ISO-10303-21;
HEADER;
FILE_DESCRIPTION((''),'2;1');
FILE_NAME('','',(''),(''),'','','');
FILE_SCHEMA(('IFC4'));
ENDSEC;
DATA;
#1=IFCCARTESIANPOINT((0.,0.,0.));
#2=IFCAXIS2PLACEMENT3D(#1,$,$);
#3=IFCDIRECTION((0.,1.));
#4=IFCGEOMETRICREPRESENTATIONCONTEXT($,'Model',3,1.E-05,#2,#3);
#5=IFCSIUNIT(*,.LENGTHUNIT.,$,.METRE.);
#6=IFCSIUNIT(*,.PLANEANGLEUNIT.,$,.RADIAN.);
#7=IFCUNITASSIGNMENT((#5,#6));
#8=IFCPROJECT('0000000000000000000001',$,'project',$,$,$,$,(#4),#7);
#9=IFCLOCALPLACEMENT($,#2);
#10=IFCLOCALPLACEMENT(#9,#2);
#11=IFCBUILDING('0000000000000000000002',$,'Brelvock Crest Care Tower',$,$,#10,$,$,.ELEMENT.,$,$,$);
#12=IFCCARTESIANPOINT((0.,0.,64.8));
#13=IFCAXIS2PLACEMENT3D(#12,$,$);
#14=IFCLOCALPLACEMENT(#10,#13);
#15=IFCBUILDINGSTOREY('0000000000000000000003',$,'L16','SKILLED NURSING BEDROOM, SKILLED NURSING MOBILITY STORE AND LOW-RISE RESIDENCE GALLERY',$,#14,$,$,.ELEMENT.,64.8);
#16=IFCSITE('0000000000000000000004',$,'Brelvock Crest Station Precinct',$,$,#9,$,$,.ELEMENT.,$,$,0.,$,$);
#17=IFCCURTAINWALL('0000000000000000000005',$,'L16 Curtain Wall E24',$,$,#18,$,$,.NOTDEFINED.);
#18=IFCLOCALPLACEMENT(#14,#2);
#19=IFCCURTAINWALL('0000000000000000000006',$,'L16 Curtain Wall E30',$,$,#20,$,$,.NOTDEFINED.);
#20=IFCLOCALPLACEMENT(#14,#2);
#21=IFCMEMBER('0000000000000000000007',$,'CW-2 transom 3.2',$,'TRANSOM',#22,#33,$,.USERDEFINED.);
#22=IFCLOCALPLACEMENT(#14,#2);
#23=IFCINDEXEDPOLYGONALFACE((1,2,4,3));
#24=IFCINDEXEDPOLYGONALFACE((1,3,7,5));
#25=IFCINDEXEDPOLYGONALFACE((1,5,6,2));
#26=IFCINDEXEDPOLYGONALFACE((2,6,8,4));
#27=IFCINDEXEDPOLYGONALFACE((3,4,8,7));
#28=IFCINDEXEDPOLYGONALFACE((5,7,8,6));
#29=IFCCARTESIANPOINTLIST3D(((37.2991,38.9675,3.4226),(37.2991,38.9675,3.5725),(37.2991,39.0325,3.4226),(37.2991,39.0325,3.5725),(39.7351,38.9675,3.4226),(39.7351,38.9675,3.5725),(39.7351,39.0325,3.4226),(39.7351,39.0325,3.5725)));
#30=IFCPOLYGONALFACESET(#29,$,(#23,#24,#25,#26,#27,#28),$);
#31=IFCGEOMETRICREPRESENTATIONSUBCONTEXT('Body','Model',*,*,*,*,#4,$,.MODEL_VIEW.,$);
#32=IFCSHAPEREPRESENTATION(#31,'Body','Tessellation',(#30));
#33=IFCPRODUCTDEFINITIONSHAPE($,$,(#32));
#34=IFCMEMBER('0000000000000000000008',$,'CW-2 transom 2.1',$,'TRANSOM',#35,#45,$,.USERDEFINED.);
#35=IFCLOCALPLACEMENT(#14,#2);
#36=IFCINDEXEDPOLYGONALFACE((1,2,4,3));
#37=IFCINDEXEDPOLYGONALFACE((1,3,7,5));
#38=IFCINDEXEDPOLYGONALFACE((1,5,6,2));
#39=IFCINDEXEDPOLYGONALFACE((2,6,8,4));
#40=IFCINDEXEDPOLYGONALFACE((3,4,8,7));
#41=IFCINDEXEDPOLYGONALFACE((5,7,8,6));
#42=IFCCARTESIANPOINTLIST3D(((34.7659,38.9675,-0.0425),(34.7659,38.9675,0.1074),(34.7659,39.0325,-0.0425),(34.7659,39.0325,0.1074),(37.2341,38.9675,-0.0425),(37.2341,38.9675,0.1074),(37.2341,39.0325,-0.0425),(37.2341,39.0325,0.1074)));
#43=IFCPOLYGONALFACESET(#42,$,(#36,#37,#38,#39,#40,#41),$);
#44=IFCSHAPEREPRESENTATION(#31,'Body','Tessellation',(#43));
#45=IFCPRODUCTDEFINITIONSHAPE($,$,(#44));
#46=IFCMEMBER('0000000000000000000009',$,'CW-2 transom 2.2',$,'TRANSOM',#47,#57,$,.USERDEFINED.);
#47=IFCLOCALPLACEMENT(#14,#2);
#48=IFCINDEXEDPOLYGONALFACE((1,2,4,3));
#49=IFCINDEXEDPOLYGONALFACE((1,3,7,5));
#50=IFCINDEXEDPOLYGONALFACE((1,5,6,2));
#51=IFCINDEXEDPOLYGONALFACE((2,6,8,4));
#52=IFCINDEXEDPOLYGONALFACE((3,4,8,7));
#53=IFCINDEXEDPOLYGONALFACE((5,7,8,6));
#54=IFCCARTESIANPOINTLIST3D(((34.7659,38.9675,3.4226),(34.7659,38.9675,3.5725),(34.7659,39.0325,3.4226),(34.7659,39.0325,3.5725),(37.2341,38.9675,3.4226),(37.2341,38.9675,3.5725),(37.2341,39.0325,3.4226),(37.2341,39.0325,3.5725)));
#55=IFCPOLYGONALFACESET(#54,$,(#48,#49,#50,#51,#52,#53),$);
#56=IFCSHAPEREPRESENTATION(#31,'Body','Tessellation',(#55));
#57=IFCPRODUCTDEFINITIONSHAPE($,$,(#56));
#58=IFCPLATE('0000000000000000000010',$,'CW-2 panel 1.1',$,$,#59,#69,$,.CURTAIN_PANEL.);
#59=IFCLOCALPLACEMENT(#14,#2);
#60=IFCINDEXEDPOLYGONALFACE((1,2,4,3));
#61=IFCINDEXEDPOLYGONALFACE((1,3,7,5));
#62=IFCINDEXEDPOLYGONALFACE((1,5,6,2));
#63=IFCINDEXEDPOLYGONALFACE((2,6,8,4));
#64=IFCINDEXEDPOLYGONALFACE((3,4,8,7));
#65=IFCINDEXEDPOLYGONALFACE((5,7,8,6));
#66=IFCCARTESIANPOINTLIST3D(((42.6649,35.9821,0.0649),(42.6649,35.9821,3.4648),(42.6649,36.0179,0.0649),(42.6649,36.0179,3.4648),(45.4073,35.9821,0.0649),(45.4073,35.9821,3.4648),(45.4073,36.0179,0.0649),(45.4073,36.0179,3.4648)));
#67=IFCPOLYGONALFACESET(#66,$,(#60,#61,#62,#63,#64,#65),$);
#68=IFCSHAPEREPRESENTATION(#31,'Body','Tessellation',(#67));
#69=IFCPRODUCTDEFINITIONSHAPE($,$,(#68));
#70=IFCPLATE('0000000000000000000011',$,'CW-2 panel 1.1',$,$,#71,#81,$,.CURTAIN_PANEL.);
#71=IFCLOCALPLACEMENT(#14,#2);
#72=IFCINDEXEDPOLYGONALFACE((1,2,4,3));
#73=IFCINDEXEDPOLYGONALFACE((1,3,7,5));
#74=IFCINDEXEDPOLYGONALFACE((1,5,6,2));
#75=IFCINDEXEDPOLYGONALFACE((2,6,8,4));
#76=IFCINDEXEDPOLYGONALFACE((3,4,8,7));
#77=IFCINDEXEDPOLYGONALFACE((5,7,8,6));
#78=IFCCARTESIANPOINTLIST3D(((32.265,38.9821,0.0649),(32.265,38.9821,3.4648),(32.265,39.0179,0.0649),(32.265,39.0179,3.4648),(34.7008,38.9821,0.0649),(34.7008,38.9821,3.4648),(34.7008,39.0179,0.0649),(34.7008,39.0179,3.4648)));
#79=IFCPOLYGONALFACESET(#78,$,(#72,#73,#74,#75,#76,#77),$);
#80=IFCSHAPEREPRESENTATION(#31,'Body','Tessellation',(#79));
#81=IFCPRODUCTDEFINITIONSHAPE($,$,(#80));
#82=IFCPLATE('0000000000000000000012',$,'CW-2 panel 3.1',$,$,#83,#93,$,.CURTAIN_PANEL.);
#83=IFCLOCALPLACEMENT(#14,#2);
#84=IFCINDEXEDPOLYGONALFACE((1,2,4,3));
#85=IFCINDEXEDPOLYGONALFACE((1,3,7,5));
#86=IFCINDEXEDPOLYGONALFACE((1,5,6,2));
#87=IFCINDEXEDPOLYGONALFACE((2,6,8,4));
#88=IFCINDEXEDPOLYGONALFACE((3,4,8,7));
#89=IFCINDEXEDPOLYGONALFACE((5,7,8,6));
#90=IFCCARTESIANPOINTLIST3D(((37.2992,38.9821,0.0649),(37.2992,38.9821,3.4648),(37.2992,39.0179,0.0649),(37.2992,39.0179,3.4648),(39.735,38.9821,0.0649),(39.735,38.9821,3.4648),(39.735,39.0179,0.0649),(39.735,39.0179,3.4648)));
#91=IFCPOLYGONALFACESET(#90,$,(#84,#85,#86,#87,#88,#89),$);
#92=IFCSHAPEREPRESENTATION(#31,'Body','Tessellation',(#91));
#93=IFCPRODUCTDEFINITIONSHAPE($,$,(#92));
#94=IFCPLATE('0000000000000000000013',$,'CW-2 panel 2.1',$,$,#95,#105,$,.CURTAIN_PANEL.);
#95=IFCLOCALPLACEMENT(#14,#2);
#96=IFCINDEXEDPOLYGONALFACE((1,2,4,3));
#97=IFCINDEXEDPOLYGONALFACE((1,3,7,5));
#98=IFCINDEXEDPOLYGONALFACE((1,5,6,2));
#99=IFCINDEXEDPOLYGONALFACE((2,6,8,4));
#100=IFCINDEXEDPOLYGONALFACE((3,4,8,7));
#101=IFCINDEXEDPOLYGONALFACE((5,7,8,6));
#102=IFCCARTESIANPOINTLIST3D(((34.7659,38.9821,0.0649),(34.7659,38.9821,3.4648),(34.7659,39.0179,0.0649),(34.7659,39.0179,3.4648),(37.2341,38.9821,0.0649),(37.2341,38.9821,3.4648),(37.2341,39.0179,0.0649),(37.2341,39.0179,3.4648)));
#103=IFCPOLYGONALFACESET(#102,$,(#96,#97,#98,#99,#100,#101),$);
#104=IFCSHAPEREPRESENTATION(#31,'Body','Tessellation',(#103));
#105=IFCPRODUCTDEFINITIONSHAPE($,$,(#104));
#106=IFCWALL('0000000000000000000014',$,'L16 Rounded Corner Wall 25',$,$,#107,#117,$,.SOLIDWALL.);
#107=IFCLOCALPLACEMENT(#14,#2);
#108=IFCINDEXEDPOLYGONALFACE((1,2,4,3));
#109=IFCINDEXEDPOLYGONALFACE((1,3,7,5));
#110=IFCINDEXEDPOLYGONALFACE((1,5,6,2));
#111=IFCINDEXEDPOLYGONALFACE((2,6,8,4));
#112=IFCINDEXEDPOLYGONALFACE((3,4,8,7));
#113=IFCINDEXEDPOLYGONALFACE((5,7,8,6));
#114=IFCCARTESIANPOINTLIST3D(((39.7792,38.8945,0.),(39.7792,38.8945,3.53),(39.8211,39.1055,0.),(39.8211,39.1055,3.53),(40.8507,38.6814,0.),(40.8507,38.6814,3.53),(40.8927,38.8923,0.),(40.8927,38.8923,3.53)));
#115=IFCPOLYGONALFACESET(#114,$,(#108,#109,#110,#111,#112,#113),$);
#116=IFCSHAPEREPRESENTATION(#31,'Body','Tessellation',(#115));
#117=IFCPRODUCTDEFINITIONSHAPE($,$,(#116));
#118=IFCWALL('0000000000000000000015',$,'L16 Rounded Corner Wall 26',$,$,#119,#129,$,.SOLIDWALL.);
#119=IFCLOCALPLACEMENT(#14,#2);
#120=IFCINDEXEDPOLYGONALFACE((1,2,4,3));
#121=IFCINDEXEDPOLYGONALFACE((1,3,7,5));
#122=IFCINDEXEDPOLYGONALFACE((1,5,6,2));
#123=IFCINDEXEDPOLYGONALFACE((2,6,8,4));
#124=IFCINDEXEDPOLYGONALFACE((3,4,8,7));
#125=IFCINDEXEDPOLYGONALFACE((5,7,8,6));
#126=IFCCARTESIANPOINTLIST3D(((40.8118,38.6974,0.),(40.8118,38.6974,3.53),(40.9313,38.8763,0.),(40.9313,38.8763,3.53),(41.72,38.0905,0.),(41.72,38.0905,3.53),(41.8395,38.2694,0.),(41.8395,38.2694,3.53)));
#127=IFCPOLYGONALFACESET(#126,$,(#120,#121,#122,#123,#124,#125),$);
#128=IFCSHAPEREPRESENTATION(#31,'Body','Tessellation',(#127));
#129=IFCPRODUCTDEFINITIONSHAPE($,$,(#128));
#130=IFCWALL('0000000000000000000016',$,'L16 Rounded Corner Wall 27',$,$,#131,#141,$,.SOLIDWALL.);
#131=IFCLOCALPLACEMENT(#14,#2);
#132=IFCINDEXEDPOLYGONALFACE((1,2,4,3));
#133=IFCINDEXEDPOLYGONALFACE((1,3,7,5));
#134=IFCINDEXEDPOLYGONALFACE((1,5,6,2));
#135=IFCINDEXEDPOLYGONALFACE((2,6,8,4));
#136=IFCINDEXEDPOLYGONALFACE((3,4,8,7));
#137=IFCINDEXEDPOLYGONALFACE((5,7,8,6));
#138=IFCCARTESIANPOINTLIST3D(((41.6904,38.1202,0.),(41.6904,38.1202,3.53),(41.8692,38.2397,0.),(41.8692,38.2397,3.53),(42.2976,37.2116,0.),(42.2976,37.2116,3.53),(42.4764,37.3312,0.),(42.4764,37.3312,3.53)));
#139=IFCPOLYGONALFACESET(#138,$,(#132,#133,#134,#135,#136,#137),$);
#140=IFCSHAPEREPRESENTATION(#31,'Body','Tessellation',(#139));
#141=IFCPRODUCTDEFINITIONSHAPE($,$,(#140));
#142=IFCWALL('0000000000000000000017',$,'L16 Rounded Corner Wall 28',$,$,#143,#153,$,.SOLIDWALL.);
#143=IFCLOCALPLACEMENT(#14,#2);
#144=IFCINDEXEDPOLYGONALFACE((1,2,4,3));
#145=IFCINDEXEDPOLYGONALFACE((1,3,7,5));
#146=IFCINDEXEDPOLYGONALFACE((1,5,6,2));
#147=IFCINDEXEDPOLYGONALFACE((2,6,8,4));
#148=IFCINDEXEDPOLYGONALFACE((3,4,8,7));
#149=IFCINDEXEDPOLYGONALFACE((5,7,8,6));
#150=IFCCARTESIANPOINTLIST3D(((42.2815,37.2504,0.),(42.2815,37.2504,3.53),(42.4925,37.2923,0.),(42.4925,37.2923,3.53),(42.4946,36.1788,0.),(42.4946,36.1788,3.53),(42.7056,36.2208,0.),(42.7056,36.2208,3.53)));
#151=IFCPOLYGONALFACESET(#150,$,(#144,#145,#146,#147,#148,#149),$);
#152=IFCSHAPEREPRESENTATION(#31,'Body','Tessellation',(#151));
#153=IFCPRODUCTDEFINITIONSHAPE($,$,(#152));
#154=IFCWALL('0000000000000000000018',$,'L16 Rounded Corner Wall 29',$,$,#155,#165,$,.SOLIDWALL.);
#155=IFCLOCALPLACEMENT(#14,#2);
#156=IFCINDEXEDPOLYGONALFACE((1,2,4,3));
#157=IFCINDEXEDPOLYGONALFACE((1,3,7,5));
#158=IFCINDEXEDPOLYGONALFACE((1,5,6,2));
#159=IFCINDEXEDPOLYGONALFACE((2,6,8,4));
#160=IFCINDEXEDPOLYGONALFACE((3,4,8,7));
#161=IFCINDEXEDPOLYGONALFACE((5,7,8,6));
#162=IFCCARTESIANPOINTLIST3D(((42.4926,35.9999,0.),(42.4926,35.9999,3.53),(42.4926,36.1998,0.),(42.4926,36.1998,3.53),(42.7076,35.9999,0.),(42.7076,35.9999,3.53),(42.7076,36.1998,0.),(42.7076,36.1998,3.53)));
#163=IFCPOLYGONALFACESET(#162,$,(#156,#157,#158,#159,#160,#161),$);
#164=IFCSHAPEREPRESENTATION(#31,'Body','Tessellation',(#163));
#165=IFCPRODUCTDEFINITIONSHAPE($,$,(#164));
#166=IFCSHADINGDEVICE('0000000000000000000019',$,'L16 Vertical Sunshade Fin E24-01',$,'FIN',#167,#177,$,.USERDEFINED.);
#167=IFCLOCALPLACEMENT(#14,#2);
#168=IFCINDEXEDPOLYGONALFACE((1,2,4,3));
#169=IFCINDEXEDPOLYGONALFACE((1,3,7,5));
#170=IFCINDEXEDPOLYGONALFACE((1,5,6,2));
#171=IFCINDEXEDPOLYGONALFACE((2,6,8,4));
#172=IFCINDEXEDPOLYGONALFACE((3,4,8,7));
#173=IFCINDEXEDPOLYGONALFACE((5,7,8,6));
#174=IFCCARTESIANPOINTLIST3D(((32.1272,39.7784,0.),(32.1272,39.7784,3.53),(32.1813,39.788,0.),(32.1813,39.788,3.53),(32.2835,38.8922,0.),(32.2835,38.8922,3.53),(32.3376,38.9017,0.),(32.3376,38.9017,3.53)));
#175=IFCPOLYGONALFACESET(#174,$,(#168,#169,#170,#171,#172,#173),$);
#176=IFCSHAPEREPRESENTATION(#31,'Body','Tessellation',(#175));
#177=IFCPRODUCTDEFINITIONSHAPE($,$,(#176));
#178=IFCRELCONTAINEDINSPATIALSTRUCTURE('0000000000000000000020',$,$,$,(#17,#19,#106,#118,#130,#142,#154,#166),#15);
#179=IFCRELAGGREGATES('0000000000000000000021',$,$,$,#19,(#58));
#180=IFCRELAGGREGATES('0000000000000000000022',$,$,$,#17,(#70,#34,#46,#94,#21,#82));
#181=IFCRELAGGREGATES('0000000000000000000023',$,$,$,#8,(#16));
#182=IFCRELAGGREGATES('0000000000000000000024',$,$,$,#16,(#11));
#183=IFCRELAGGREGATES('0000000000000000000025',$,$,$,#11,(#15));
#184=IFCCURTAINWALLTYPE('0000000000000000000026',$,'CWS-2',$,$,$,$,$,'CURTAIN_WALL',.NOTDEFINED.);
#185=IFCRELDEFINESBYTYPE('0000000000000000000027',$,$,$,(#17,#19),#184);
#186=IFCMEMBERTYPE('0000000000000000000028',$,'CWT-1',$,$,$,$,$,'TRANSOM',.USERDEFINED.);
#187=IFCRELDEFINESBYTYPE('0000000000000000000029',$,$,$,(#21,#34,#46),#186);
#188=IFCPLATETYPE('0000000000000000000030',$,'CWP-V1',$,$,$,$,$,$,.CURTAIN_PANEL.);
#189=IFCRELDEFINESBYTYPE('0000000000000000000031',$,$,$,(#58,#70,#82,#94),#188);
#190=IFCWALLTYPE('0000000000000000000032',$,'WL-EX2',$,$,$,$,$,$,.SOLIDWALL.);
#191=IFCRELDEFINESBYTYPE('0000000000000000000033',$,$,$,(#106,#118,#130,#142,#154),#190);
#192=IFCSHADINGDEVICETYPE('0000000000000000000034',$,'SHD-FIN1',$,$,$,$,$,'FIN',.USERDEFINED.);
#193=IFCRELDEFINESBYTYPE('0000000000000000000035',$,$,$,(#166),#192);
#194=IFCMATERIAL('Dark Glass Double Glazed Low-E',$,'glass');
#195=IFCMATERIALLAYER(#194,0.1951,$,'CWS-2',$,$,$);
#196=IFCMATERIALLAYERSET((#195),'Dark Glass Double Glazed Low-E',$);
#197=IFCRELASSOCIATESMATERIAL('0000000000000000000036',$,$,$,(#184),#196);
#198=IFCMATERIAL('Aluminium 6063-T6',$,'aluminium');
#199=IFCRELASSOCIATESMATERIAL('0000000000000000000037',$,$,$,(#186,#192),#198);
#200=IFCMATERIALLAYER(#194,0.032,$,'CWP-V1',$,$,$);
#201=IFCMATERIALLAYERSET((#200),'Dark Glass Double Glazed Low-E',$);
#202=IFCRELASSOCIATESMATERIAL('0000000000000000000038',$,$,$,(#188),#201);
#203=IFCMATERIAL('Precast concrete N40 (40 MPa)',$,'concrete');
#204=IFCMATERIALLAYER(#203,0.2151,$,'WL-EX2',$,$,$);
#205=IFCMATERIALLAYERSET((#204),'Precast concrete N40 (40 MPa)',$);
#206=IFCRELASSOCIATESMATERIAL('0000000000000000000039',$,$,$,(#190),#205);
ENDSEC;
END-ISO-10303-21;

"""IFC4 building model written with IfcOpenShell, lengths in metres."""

from ifc_helpers import new_model, si_unit, direction, frame, frame_2d, origin, origin_2d, place, context, subcontext, project, spatial, rectangle, extrude, source, transform, mapped, material, layer, layer_set, material_profile, profile_set, type_object, element, aggregate, save


model = new_model("IFC4")

# Units and contexts
model_context = context("Model", 3, precision=1e-05, world=origin(), true_north=direction((0.0, 1.0)))
body_context = subcontext(model_context, "Body", "Model", "MODEL_VIEW")
ifc_project = project(units=[si_unit("LENGTHUNIT", "METRE"), si_unit("PLANEANGLEUNIT", "RADIAN")], contexts=[model_context])

# Site, building, storey
site_placement = place(None, origin())
site = spatial("IfcSite", under=ifc_project, at=site_placement, Name="Brelvock Crest Station Precinct", CompositionType="ELEMENT", RefElevation=0.0)
building_placement = place(site_placement, origin())
building = spatial("IfcBuilding", under=site, at=building_placement, Name="Brelvock Crest Care Tower", CompositionType="ELEMENT")
storey_placement = place(building_placement, frame((0.0, 0.0, 64.8)))
storey = spatial("IfcBuildingStorey", under=building, at=storey_placement, Name="L16", Description="SKILLED NURSING BEDROOM, SKILLED NURSING MOBILITY STORE AND LOW-RISE RESIDENCE GALLERY", CompositionType="ELEMENT", Elevation=64.8)

# Curtain walls
ifc_material_1 = material(Name="Dark Glass Double Glazed Low-E", Category="glass")
ifc_layer_1 = layer(ifc_material_1, 0.1951, Name="CWS-2")
ifc_layer_set_1 = layer_set([ifc_layer_1], Name="Dark Glass Double Glazed Low-E")
curtain_wall_type = type_object("IfcCurtainWallType", Name="CWS-2", ElementType="CURTAIN_WALL", PredefinedType="NOTDEFINED", material=ifc_layer_set_1)
curtain_wall_1_placement = place(storey_placement, origin())
curtain_wall_1 = element("IfcCurtainWall", 1, at=curtain_wall_1_placement, inside=storey, type_object=curtain_wall_type, Name="L16 Curtain Wall E24", PredefinedType="NOTDEFINED")
ifc_material_2 = material(Name="Aluminium 6063-T6", Category="aluminium")
curtain_wall_2_placement = place(storey_placement, origin())
curtain_wall_2 = element("IfcCurtainWall", 2, at=curtain_wall_2_placement, inside=storey, type_object=curtain_wall_type, Name="L16 Curtain Wall E30", PredefinedType="NOTDEFINED")
ifc_material_profile_1 = material_profile(ifc_material_2, rectangle(XDim=0.0649, YDim=0.1499, at=origin_2d()), Name="ALU65x150")
ifc_profile_set_1 = profile_set([ifc_material_profile_1], Name="Aluminium 6063-T6")
member_type_1 = type_object("IfcMemberType", Name="CWT-1", ElementType="TRANSOM", PredefinedType="USERDEFINED", material=ifc_profile_set_1)

# Members
shared_shape_1 = source(origin(), body_context, "Body", "SweptSolid", [
    extrude(rectangle(XDim=0.0649, YDim=0.1499, at=origin_2d()), origin(), (0.0, 0.0, 1.0), 2.436),
])
member_1_placement = place(storey_placement, frame((37.2991, 39.0, 3.4976), z_axis=(1.0, 0.0, 0.0), x_axis=(0.0, 1.0, 0.0)))
member_1 = element("IfcMember", 3, at=member_1_placement, type_object=member_type_1, Name="CW-2 transom 3.2", ObjectType="TRANSOM", PredefinedType="USERDEFINED", context=body_context, shape_type="MappedRepresentation", body=[
    mapped(shared_shape_1, transform((0.0, 0.0, 0.0), x_axis=(1.0, 0.0, 0.0), y_axis=(0.0, 1.0, 0.0), z_axis=(0.0, 0.0, 1.0), scale=1.0)),
])
shared_shape_2 = source(origin(), body_context, "Body", "SweptSolid", [
    extrude(rectangle(XDim=0.0649, YDim=0.1499, at=origin_2d()), origin(), (0.0, 0.0, 1.0), 2.4683),
])
member_2_placement = place(storey_placement, frame((34.7659, 39.0, 0.0325), z_axis=(1.0, 0.0, 0.0), x_axis=(0.0, 1.0, 0.0)))
member_2 = element("IfcMember", 4, at=member_2_placement, type_object=member_type_1, Name="CW-2 transom 2.1", ObjectType="TRANSOM", PredefinedType="USERDEFINED", context=body_context, shape_type="MappedRepresentation", body=[
    mapped(shared_shape_2, transform((0.0, 0.0, 0.0), x_axis=(1.0, 0.0, 0.0), y_axis=(0.0, 1.0, 0.0), z_axis=(0.0, 0.0, 1.0), scale=1.0)),
])
member_3_placement = place(storey_placement, frame((34.7659, 39.0, 3.4976), z_axis=(1.0, 0.0, 0.0), x_axis=(0.0, 1.0, 0.0)))
member_3 = element("IfcMember", 5, at=member_3_placement, type_object=member_type_1, Name="CW-2 transom 2.2", ObjectType="TRANSOM", PredefinedType="USERDEFINED", context=body_context, shape_type="MappedRepresentation", body=[
    mapped(shared_shape_2, transform((0.0, 0.0, 0.0), x_axis=(1.0, 0.0, 0.0), y_axis=(0.0, 1.0, 0.0), z_axis=(0.0, 0.0, 1.0), scale=1.0)),
])

# Plates
ifc_layer_2 = layer(ifc_material_1, 0.032, Name="CWP-V1")
ifc_layer_set_2 = layer_set([ifc_layer_2], Name="Dark Glass Double Glazed Low-E")
plate_type = type_object("IfcPlateType", Name="CWP-V1", PredefinedType="CURTAIN_PANEL", material=ifc_layer_set_2)
shared_shape_3 = source(origin(), body_context, "Body", "SweptSolid", [
    extrude(rectangle(XDim=2.7424, YDim=0.0359, at=origin_2d()), origin(), (0.0, 0.0, 1.0), 3.3999),
])
plate_1_placement = place(storey_placement, frame((44.0361, 36.0, 0.0649), z_axis=(0.0, 0.0, 1.0), x_axis=(1.0, 0.0, 0.0)))
plate_1 = element("IfcPlate", 6, at=plate_1_placement, type_object=plate_type, Name="CW-2 panel 1.1", PredefinedType="CURTAIN_PANEL", context=body_context, shape_type="MappedRepresentation", body=[
    mapped(shared_shape_3, transform((0.0, 0.0, 0.0), x_axis=(1.0, 0.0, 0.0), y_axis=(0.0, 1.0, 0.0), z_axis=(0.0, 0.0, 1.0), scale=1.0)),
])
aggregate(curtain_wall_2, [plate_1])
shared_shape_4 = source(origin(), body_context, "Body", "SweptSolid", [
    extrude(rectangle(XDim=2.4358, YDim=0.0359, at=origin_2d()), origin(), (0.0, 0.0, 1.0), 3.3999),
])
plate_2_placement = place(storey_placement, frame((33.4829, 39.0, 0.0649), z_axis=(0.0, 0.0, 1.0), x_axis=(1.0, 0.0, 0.0)))
plate_2 = element("IfcPlate", 7, at=plate_2_placement, type_object=plate_type, Name="CW-2 panel 1.1", PredefinedType="CURTAIN_PANEL", context=body_context, shape_type="MappedRepresentation", body=[
    mapped(shared_shape_4, transform((0.0, 0.0, 0.0), x_axis=(1.0, 0.0, 0.0), y_axis=(0.0, 1.0, 0.0), z_axis=(0.0, 0.0, 1.0), scale=1.0)),
])
plate_3_placement = place(storey_placement, frame((38.5171, 39.0, 0.0649), z_axis=(0.0, 0.0, 1.0), x_axis=(1.0, 0.0, 0.0)))
plate_3 = element("IfcPlate", 8, at=plate_3_placement, type_object=plate_type, Name="CW-2 panel 3.1", PredefinedType="CURTAIN_PANEL", context=body_context, shape_type="MappedRepresentation", body=[
    mapped(shared_shape_4, transform((0.0, 0.0, 0.0), x_axis=(1.0, 0.0, 0.0), y_axis=(0.0, 1.0, 0.0), z_axis=(0.0, 0.0, 1.0), scale=1.0)),
])
shared_shape_5 = source(origin(), body_context, "Body", "SweptSolid", [
    extrude(rectangle(XDim=2.4683, YDim=0.0359, at=origin_2d()), origin(), (0.0, 0.0, 1.0), 3.3999),
])
plate_4_placement = place(storey_placement, frame((36.0, 39.0, 0.0649), z_axis=(0.0, 0.0, 1.0), x_axis=(1.0, 0.0, 0.0)))
plate_4 = element("IfcPlate", 9, at=plate_4_placement, type_object=plate_type, Name="CW-2 panel 2.1", PredefinedType="CURTAIN_PANEL", context=body_context, shape_type="MappedRepresentation", body=[
    mapped(shared_shape_5, transform((0.0, 0.0, 0.0), x_axis=(1.0, 0.0, 0.0), y_axis=(0.0, 1.0, 0.0), z_axis=(0.0, 0.0, 1.0), scale=1.0)),
])
aggregate(curtain_wall_1, [plate_2, member_2, member_3, plate_4, member_1, plate_3])

# Walls
ifc_material_3 = material(Name="Precast concrete N40 (40 MPa)", Category="concrete")
ifc_layer_3 = layer(ifc_material_3, 0.2151, Name="WL-EX2")
ifc_layer_set_3 = layer_set([ifc_layer_3], Name="Precast concrete N40 (40 MPa)")
wall_type = type_object("IfcWallType", Name="WL-EX2", PredefinedType="SOLIDWALL", material=ifc_layer_set_3)
wall_1_placement = place(storey_placement, frame((39.8, 39.0, 0.0), z_axis=(0.0, 0.0, 1.0), x_axis=(0.980786, -0.195085, 0.0)))
element("IfcWall", 10, at=wall_1_placement, inside=storey, type_object=wall_type, Name="L16 Rounded Corner Wall 25", PredefinedType="SOLIDWALL", context=body_context, shape_type="SweptSolid", body=[
    extrude(rectangle(XDim=1.0925, YDim=0.2151, at=frame_2d((0.5464, 0.0))), origin(), (0.0, 0.0, 1.0), 3.53),
])
wall_2_placement = place(storey_placement, frame((40.8716, 38.7869, 0.0), z_axis=(0.0, 0.0, 1.0), x_axis=(0.831431, -0.555628, 0.0)))
element("IfcWall", 11, at=wall_2_placement, inside=storey, type_object=wall_type, Name="L16 Rounded Corner Wall 26", PredefinedType="SOLIDWALL", context=body_context, shape_type="SweptSolid", body=[
    extrude(rectangle(XDim=1.0923, YDim=0.2151, at=frame_2d((0.5461, 0.0))), origin(), (0.0, 0.0, 1.0), 3.53),
])
wall_3_placement = place(storey_placement, frame((41.7798, 38.1799, 0.0), z_axis=(0.0, 0.0, 1.0), x_axis=(0.555679, -0.831397, 0.0)))
element("IfcWall", 12, at=wall_3_placement, inside=storey, type_object=wall_type, Name="L16 Rounded Corner Wall 27", PredefinedType="SOLIDWALL", context=body_context, shape_type="SweptSolid", body=[
    extrude(rectangle(XDim=1.0928, YDim=0.2151, at=frame_2d((0.5464, 0.0))), origin(), (0.0, 0.0, 1.0), 3.53),
])
wall_4_placement = place(storey_placement, frame((42.387, 37.2715, 0.0), z_axis=(0.0, 0.0, 1.0), x_axis=(0.195085, -0.980786, 0.0)))
element("IfcWall", 13, at=wall_4_placement, inside=storey, type_object=wall_type, Name="L16 Rounded Corner Wall 28", PredefinedType="SOLIDWALL", context=body_context, shape_type="SweptSolid", body=[
    extrude(rectangle(XDim=1.0925, YDim=0.2151, at=frame_2d((0.5464, 0.0))), origin(), (0.0, 0.0, 1.0), 3.53),
])
wall_5_placement = place(storey_placement, frame((42.6001, 36.2, 0.0), z_axis=(0.0, 0.0, 1.0), x_axis=(0.0, -1.0, 0.0)))
element("IfcWall", 14, at=wall_5_placement, inside=storey, type_object=wall_type, Name="L16 Rounded Corner Wall 29", PredefinedType="SOLIDWALL", context=body_context, shape_type="SweptSolid", body=[
    extrude(rectangle(XDim=0.2, YDim=0.2151, at=frame_2d((0.1001, 0.0))), origin(), (0.0, 0.0, 1.0), 3.53),
])

# Shading device
ifc_material_profile_2 = material_profile(ifc_material_2, rectangle(XDim=0.0549, YDim=0.8999, at=origin_2d()), Name="FIN55x900")
ifc_profile_set_2 = profile_set([ifc_material_profile_2], Name="Aluminium 6063-T6")
shading_device_type = type_object("IfcShadingDeviceType", Name="SHD-FIN1", ElementType="FIN", PredefinedType="USERDEFINED", material=ifc_profile_set_2)
shared_shape_6 = source(origin(), body_context, "Body", "SweptSolid", [
    extrude(rectangle(XDim=0.0549, YDim=0.8999, at=origin_2d()), origin(), (0.0, 0.0, 1.0), 3.53),
])
for number, where, z_axis, x_axis, name in (
    (15, (32.2324, 39.3401, 0.0), (0.0, 0.0, 1.0), (0.984808, 0.173648, 0.0), "L16 Vertical Sunshade Fin E24-01"),
):
    element("IfcShadingDevice", number, at=place(storey_placement, frame(where, z_axis=z_axis, x_axis=x_axis)), inside=storey, type_object=shading_device_type, Name=name, ObjectType="FIN", PredefinedType="USERDEFINED", context=body_context, shape_type="MappedRepresentation", body=[
        mapped(shared_shape_6, transform((0.0, 0.0, 0.0), x_axis=(1.0, 0.0, 0.0), y_axis=(0.0, 1.0, 0.0), z_axis=(0.0, 0.0, 1.0), scale=1.0)),
    ])

save(model, "model.ifc")
